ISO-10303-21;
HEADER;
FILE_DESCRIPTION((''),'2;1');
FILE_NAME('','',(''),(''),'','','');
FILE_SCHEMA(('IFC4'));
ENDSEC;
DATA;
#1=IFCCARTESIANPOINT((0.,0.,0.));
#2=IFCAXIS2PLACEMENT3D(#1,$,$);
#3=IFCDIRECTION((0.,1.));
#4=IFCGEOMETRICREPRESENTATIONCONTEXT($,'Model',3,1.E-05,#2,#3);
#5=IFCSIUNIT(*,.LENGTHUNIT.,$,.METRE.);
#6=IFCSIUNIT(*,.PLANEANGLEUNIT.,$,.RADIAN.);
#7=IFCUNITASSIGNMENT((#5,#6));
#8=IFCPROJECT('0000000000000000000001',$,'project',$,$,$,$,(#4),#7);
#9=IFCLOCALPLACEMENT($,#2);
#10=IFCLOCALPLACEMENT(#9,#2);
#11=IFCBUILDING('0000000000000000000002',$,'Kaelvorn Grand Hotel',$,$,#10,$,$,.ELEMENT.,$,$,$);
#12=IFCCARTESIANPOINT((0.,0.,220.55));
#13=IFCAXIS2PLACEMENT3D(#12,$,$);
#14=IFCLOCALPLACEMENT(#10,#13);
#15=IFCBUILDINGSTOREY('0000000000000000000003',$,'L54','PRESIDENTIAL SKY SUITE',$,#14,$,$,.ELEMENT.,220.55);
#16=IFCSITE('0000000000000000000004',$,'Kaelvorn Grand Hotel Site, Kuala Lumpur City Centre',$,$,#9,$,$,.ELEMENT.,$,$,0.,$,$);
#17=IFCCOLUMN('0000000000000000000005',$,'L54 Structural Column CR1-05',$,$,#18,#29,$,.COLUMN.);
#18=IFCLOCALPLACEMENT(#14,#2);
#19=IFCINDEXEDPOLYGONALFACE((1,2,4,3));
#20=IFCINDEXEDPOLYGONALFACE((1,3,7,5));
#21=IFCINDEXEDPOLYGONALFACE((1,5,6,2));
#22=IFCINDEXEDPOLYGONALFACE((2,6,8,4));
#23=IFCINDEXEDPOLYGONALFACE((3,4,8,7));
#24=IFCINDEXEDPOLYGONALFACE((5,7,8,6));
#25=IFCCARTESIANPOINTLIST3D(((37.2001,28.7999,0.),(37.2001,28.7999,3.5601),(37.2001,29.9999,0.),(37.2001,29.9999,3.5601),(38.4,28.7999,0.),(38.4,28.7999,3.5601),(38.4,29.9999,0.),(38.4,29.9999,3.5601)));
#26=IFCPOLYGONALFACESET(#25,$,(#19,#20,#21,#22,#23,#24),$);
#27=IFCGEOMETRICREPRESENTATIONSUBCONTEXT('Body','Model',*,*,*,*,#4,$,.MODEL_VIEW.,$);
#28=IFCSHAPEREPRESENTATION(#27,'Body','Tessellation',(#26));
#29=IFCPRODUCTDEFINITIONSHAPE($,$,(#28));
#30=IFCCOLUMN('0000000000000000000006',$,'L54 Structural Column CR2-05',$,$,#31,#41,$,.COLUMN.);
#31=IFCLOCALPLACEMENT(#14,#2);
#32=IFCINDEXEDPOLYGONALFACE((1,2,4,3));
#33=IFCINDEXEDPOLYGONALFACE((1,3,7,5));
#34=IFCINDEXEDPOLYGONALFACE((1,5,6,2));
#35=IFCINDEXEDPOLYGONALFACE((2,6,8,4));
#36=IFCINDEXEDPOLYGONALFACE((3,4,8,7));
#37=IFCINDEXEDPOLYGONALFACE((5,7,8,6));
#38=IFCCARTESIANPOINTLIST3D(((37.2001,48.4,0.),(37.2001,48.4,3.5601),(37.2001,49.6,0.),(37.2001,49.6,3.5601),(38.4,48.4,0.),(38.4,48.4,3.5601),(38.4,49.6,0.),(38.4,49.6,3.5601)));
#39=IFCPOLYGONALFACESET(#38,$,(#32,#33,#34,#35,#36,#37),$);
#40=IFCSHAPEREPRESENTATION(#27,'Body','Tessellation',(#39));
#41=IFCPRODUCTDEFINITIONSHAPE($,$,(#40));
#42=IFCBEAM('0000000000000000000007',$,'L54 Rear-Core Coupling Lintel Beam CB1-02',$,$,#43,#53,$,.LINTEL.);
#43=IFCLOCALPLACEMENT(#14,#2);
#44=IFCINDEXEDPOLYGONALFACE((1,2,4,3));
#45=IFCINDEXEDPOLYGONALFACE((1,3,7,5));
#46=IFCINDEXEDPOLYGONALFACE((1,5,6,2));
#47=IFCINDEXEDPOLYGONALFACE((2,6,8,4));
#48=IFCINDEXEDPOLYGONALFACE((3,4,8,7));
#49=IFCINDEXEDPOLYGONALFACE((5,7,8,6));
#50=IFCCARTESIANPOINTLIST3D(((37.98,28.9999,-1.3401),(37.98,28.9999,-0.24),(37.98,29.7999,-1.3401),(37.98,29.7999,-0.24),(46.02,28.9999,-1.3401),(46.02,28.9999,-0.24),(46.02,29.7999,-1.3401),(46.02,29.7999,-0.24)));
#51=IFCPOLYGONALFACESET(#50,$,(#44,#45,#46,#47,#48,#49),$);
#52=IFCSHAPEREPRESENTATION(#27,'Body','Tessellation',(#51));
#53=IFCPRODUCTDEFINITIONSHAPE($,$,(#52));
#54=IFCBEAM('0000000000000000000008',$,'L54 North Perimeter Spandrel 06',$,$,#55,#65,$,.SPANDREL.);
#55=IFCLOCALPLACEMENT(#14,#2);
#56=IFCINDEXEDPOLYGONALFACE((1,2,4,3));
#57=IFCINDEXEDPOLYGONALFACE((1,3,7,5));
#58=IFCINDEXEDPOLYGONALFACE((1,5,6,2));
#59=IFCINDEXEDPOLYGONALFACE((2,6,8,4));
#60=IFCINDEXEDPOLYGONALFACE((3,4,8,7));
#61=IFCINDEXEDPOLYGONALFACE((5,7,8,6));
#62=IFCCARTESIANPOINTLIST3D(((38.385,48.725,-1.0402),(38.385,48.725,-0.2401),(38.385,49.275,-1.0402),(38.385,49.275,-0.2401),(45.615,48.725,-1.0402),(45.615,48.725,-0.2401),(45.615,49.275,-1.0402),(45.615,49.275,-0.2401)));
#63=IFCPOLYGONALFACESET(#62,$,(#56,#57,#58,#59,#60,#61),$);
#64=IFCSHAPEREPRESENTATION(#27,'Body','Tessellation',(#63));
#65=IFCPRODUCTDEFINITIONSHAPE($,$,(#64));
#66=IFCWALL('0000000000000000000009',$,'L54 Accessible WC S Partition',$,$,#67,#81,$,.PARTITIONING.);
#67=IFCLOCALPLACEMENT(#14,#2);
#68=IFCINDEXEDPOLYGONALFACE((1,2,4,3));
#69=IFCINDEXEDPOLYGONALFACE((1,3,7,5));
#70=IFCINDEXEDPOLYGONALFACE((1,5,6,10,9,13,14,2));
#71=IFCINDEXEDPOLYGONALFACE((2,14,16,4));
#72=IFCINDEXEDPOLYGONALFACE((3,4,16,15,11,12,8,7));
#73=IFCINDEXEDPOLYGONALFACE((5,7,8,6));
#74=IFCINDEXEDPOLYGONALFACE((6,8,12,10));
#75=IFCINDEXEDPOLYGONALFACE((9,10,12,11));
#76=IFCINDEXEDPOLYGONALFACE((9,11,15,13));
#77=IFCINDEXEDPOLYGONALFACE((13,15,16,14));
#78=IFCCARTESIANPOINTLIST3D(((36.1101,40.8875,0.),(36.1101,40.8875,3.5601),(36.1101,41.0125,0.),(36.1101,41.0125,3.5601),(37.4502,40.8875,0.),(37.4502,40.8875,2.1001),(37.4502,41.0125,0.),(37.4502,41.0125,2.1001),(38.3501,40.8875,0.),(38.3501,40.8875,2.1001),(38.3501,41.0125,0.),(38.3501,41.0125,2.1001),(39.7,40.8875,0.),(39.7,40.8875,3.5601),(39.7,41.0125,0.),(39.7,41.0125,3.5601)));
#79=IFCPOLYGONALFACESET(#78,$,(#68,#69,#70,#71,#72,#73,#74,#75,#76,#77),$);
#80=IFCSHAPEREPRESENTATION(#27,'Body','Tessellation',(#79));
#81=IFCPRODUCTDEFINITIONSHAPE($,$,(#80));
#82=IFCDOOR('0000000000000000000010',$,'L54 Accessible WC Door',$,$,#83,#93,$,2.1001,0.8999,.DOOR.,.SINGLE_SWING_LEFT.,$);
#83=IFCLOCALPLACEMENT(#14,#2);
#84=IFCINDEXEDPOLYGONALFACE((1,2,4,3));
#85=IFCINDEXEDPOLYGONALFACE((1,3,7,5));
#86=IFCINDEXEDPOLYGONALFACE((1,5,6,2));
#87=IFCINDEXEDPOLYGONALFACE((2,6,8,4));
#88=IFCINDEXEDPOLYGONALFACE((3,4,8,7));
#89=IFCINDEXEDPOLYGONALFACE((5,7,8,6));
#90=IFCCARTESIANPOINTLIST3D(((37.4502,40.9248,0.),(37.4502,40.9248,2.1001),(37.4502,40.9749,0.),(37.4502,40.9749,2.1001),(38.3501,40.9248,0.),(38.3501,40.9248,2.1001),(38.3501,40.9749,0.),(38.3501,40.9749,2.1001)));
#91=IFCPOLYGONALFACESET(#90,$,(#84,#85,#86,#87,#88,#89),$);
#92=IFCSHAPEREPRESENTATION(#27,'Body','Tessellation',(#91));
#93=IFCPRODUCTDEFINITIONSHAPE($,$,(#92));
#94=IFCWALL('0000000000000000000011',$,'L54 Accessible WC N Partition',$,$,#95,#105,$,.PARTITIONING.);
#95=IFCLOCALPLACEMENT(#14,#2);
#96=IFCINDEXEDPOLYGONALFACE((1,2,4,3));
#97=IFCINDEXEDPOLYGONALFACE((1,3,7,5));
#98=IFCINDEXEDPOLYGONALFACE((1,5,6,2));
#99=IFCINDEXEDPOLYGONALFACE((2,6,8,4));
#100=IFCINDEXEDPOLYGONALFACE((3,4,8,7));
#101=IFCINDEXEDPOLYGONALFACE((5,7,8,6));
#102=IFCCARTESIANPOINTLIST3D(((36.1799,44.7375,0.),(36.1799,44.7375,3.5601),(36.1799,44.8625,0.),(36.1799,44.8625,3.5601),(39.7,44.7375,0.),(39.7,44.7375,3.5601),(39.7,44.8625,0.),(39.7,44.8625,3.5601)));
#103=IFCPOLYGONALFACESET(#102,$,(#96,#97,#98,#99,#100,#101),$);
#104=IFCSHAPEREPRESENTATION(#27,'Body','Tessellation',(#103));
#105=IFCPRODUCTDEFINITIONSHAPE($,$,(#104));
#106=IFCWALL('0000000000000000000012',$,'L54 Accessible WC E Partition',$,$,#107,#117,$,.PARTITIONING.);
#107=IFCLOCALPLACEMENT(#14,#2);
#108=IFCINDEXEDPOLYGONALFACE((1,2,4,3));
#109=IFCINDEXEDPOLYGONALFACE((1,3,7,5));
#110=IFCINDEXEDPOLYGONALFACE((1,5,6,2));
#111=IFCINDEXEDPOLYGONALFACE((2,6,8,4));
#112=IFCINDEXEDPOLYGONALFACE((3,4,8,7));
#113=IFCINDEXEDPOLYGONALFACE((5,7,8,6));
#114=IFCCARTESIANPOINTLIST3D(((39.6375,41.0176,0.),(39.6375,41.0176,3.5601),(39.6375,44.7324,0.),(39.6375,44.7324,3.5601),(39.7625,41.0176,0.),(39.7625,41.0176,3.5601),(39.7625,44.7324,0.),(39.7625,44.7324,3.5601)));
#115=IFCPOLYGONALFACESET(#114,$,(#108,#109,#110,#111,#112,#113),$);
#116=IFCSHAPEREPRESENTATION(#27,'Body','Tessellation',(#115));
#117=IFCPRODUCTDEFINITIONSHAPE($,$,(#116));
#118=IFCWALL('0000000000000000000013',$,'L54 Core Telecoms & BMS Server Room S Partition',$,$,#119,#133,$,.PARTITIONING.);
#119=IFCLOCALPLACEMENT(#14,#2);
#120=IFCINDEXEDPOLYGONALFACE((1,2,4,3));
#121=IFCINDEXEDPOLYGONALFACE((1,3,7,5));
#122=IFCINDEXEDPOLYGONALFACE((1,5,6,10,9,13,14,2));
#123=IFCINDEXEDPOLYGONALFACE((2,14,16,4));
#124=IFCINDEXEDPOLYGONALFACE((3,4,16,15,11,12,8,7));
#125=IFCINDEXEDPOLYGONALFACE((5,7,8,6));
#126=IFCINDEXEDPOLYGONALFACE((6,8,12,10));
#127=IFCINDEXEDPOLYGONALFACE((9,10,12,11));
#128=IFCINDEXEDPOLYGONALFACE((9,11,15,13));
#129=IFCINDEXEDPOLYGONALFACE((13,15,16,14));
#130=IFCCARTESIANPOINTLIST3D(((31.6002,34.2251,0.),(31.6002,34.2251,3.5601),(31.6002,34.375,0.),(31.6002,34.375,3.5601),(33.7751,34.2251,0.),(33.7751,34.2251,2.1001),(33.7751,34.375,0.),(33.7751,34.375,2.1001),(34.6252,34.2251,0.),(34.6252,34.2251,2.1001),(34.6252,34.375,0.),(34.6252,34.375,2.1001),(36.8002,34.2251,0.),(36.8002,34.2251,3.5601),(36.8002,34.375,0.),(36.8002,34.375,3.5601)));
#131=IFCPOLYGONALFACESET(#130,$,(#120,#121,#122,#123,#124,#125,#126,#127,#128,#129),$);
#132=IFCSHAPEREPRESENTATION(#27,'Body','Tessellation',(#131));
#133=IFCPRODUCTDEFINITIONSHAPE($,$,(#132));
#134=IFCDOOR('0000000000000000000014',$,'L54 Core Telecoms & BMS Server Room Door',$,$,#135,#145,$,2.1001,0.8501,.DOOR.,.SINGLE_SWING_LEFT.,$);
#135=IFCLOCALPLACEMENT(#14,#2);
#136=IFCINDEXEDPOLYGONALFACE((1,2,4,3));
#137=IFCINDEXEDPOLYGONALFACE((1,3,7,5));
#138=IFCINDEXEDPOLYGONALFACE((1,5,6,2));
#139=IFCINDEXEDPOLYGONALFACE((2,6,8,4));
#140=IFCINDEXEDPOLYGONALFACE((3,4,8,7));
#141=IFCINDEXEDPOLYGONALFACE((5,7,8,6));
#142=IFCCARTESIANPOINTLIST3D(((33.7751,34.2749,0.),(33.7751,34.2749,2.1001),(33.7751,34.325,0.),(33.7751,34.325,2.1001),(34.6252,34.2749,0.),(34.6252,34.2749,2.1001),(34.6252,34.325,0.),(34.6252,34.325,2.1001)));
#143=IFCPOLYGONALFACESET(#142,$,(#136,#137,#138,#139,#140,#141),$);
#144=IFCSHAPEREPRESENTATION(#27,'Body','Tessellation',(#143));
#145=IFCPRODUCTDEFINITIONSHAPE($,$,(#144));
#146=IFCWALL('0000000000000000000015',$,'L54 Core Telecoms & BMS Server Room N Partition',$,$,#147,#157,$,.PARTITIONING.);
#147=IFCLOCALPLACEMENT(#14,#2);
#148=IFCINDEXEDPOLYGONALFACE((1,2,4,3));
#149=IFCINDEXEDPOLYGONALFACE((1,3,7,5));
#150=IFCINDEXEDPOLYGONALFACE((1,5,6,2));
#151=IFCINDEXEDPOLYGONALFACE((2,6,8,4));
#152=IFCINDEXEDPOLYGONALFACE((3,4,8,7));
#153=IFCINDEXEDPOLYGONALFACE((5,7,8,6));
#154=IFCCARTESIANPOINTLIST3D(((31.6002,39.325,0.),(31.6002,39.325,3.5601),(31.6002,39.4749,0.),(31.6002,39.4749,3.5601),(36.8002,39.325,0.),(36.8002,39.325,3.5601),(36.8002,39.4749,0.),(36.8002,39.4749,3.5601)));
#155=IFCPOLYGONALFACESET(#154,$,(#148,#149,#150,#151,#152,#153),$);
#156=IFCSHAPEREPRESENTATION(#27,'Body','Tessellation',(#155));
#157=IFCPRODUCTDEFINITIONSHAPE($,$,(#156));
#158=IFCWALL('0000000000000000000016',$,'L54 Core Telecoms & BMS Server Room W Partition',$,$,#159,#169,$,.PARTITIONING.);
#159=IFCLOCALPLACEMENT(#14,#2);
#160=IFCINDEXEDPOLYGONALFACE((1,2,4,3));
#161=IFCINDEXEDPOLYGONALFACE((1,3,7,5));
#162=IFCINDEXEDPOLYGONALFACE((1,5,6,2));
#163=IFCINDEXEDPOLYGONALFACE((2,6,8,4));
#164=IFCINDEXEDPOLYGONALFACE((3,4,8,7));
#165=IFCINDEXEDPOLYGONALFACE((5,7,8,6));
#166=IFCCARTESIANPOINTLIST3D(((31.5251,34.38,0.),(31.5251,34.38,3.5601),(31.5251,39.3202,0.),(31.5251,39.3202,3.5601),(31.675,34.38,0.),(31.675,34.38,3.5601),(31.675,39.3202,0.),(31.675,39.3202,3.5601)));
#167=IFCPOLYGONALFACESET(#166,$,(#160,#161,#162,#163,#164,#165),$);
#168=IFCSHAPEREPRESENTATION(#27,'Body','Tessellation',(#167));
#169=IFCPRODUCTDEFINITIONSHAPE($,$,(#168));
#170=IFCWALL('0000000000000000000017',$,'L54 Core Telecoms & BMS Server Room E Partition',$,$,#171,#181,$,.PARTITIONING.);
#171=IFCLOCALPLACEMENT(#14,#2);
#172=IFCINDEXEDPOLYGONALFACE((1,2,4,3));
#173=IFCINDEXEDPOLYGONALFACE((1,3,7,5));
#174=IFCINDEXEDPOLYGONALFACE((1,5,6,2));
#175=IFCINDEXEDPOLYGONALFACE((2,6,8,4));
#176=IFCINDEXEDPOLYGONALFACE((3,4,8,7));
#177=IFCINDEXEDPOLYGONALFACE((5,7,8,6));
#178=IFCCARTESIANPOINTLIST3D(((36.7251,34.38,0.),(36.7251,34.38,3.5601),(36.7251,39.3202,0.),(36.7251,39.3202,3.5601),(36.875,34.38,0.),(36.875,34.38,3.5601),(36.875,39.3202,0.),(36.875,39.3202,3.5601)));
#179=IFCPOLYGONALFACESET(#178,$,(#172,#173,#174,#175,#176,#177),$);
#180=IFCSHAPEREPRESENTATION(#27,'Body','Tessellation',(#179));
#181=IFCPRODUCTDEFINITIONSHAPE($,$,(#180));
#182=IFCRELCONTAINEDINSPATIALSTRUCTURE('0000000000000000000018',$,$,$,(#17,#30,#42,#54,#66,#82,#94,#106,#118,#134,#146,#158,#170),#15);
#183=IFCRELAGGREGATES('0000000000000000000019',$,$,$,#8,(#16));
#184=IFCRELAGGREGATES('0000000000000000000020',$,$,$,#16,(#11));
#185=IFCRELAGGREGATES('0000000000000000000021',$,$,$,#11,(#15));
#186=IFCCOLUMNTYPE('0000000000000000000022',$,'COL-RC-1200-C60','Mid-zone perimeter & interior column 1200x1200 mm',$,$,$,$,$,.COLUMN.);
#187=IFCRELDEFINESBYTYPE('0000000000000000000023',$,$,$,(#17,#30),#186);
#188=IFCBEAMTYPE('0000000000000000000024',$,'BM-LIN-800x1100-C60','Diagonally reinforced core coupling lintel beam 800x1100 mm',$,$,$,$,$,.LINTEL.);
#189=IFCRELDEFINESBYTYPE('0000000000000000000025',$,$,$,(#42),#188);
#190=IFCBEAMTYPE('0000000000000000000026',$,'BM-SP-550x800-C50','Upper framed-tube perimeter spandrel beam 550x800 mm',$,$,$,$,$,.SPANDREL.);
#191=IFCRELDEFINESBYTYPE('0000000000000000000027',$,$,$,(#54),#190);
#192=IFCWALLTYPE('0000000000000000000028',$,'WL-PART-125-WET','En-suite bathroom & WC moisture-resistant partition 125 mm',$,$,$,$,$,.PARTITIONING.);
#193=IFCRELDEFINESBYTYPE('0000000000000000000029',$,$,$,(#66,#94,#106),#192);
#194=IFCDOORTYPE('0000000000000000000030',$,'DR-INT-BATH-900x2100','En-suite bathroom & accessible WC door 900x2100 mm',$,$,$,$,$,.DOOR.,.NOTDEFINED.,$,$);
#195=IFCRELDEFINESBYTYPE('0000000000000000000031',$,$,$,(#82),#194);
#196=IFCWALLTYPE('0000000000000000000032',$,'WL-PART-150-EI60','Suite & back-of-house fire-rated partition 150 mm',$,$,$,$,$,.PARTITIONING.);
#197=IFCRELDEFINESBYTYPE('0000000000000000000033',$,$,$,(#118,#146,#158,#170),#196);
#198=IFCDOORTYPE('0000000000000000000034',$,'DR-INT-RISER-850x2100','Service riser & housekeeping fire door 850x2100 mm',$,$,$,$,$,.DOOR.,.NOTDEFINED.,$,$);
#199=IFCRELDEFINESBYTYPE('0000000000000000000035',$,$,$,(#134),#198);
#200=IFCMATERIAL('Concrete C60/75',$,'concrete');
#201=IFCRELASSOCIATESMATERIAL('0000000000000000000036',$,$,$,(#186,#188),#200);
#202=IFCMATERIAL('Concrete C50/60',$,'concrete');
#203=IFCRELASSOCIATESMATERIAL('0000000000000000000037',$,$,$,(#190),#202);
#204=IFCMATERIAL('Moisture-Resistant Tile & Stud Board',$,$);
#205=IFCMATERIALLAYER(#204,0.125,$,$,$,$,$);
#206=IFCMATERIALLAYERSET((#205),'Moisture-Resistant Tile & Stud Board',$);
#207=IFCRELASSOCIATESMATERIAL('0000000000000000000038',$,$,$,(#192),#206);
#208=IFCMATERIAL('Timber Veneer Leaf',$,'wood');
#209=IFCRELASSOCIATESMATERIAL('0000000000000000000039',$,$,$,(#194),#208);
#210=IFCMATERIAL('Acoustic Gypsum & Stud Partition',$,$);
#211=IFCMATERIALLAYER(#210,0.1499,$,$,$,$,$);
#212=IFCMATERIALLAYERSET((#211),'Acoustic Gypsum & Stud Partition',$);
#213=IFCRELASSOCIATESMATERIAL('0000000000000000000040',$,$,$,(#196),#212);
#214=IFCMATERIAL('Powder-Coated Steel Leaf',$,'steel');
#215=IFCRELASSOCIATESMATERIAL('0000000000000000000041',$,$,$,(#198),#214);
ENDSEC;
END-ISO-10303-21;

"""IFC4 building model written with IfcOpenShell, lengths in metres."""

from ifc_helpers import new_model, si_unit, direction, frame, frame_2d, origin, origin_2d, place, context, subcontext, project, spatial, rectangle, extrude, material, layer, layer_set, material_profile, profile_set, type_object, element, fill, save


model = new_model("IFC4")

# Units and contexts
model_context = context("Model", 3, precision=1e-05, world=origin(), true_north=direction((0.0, 1.0)))
body_context = subcontext(model_context, "Body", "Model", "MODEL_VIEW")
ifc_project = project(units=[si_unit("LENGTHUNIT", "METRE"), si_unit("PLANEANGLEUNIT", "RADIAN")], contexts=[model_context])

# Site, building, storey
site_placement = place(None, origin())
site = spatial("IfcSite", under=ifc_project, at=site_placement, Name="Kaelvorn Grand Hotel Site, Kuala Lumpur City Centre", CompositionType="ELEMENT", RefElevation=0.0)
building_placement = place(site_placement, origin())
building = spatial("IfcBuilding", under=site, at=building_placement, Name="Kaelvorn Grand Hotel", CompositionType="ELEMENT")
storey_placement = place(building_placement, frame((0.0, 0.0, 220.55)))
storey = spatial("IfcBuildingStorey", under=building, at=storey_placement, Name="L54", Description="PRESIDENTIAL SKY SUITE", CompositionType="ELEMENT", Elevation=220.55)

# Columns
ifc_material_1 = material(Name="Concrete C60/75", Category="concrete")
ifc_material_profile_1 = material_profile(ifc_material_1, rectangle(XDim=1.2, YDim=1.2, at=origin_2d()), Name="RC COL 1200x1200")
ifc_profile_set_1 = profile_set([ifc_material_profile_1], Name="Concrete C60/75")
column_type = type_object("IfcColumnType", Name="COL-RC-1200-C60", Description="Mid-zone perimeter & interior column 1200x1200 mm", PredefinedType="COLUMN", material=ifc_profile_set_1)
for number, where, z_axis, x_axis, name in (
    (1, (37.8, 29.3999, 0.0), (0.0, 0.0, 1.0), (1.0, 0.0, 0.0), "L54 Structural Column CR1-05"),
    (2, (37.8, 49.0, 0.0), (0.0, 0.0, 1.0), (1.0, 0.0, 0.0), "L54 Structural Column CR2-05"),
):
    element("IfcColumn", number, at=place(storey_placement, frame(where, z_axis=z_axis, x_axis=x_axis)), inside=storey, type_object=column_type, Name=name, PredefinedType="COLUMN", context=body_context, shape_type="SweptSolid", body=[
        extrude(rectangle(XDim=1.2, YDim=1.2, at=origin_2d()), origin(), (0.0, 0.0, 1.0), 3.5601),
    ])

# Beams
ifc_material_profile_2 = material_profile(ifc_material_1, rectangle(XDim=0.8, YDim=1.1001, at=origin_2d()), Name="RC LINTEL 800x1100")
ifc_profile_set_2 = profile_set([ifc_material_profile_2], Name="Concrete C60/75")
beam_type_1 = type_object("IfcBeamType", Name="BM-LIN-800x1100-C60", Description="Diagonally reinforced core coupling lintel beam 800x1100 mm", PredefinedType="LINTEL", material=ifc_profile_set_2)
beam_1_placement = place(storey_placement, frame((37.98, 29.3999, -0.79), z_axis=(1.0, 0.0, 0.0), x_axis=(0.0, 1.0, 0.0)))
element("IfcBeam", 3, at=beam_1_placement, inside=storey, type_object=beam_type_1, Name="L54 Rear-Core Coupling Lintel Beam CB1-02", PredefinedType="LINTEL", context=body_context, shape_type="SweptSolid", body=[
    extrude(rectangle(XDim=0.8, YDim=1.1001, at=origin_2d()), origin(), (0.0, 0.0, 1.0), 8.04),
])
ifc_material_2 = material(Name="Concrete C50/60", Category="concrete")
ifc_material_profile_3 = material_profile(ifc_material_2, rectangle(XDim=0.55, YDim=0.8, at=origin_2d()), Name="RC SPANDREL 550x800")
ifc_profile_set_3 = profile_set([ifc_material_profile_3], Name="Concrete C50/60")
beam_type_2 = type_object("IfcBeamType", Name="BM-SP-550x800-C50", Description="Upper framed-tube perimeter spandrel beam 550x800 mm", PredefinedType="SPANDREL", material=ifc_profile_set_3)
beam_2_placement = place(storey_placement, frame((38.385, 49.0, -0.6401), z_axis=(1.0, 0.0, 0.0), x_axis=(0.0, 1.0, 0.0)))
element("IfcBeam", 4, at=beam_2_placement, inside=storey, type_object=beam_type_2, Name="L54 North Perimeter Spandrel 06", PredefinedType="SPANDREL", context=body_context, shape_type="SweptSolid", body=[
    extrude(rectangle(XDim=0.55, YDim=0.8, at=origin_2d()), origin(), (0.0, 0.0, 1.0), 7.23),
])

# Wall, opening, door
ifc_material_3 = material(Name="Moisture-Resistant Tile & Stud Board")
ifc_layer_1 = layer(ifc_material_3, 0.125)
ifc_layer_set_1 = layer_set([ifc_layer_1], Name="Moisture-Resistant Tile & Stud Board")
wall_type_1 = type_object("IfcWallType", Name="WL-PART-125-WET", Description="En-suite bathroom & WC moisture-resistant partition 125 mm", PredefinedType="PARTITIONING", material=ifc_layer_set_1)
wall_1_placement = place(storey_placement, frame((36.1101, 40.95, 0.0), z_axis=(0.0, 0.0, 1.0), x_axis=(1.0, 0.0, 0.0)))
wall_1 = element("IfcWall", 5, at=wall_1_placement, inside=storey, type_object=wall_type_1, Name="L54 Accessible WC S Partition", PredefinedType="PARTITIONING", context=body_context, shape_type="SweptSolid", body=[
    extrude(rectangle(XDim=3.5898, YDim=0.125, at=frame_2d((1.7949, 0.0))), origin(), (0.0, 0.0, 1.0), 3.5601),
])
opening_1_placement = place(wall_1_placement, frame((1.3401, 0.0, 0.0)))
opening_1 = element("IfcOpeningElement", 6, at=opening_1_placement, cuts=wall_1, PredefinedType="OPENING", context=body_context, shape_type="SweptSolid", body=[
    extrude(rectangle(XDim=0.8999, YDim=2.1001, at=frame_2d((0.45, 1.05))), frame((0.0, 0.0725, 0.0), z_axis=(0.0, -1.0, 0.0), x_axis=(1.0, 0.0, 0.0)), (0.0, 0.0, 1.0), 0.145),
])
ifc_material_4 = material(Name="Timber Veneer Leaf", Category="wood")
door_type_1 = type_object("IfcDoorType", Name="DR-INT-BATH-900x2100", Description="En-suite bathroom & accessible WC door 900x2100 mm", OperationType="NOTDEFINED", PredefinedType="DOOR", material=ifc_material_4)
door_1_placement = place(opening_1_placement, origin())
door_1 = element("IfcDoor", 7, at=door_1_placement, inside=storey, type_object=door_type_1, Name="L54 Accessible WC Door", OperationType="SINGLE_SWING_LEFT", OverallHeight=2.1001, OverallWidth=0.8999, PredefinedType="DOOR", context=body_context, shape_type="SweptSolid", body=[
    extrude(rectangle(XDim=0.8999, YDim=2.1001, at=frame_2d((0.45, 1.05))), frame((0.0, 0.0249, 0.0), z_axis=(0.0, -1.0, 0.0), x_axis=(1.0, 0.0, 0.0)), (0.0, 0.0, 1.0), 0.05),
])
fill(opening_1, door_1)

# Walls
wall_2_placement = place(storey_placement, frame((36.1799, 44.8, 0.0), z_axis=(0.0, 0.0, 1.0), x_axis=(1.0, 0.0, 0.0)))
element("IfcWall", 8, at=wall_2_placement, inside=storey, type_object=wall_type_1, Name="L54 Accessible WC N Partition", PredefinedType="PARTITIONING", context=body_context, shape_type="SweptSolid", body=[
    extrude(rectangle(XDim=3.52, YDim=0.125, at=frame_2d((1.76, 0.0))), origin(), (0.0, 0.0, 1.0), 3.5601),
])
wall_3_placement = place(storey_placement, frame((39.7, 41.0176, 0.0), z_axis=(0.0, 0.0, 1.0), x_axis=(0.0, 1.0, 0.0)))
element("IfcWall", 9, at=wall_3_placement, inside=storey, type_object=wall_type_1, Name="L54 Accessible WC E Partition", PredefinedType="PARTITIONING", context=body_context, shape_type="SweptSolid", body=[
    extrude(rectangle(XDim=3.7148, YDim=0.125, at=frame_2d((1.8574, 0.0))), origin(), (0.0, 0.0, 1.0), 3.5601),
])

# Wall, opening, door
ifc_material_5 = material(Name="Acoustic Gypsum & Stud Partition")
ifc_layer_2 = layer(ifc_material_5, 0.1499)
ifc_layer_set_2 = layer_set([ifc_layer_2], Name="Acoustic Gypsum & Stud Partition")
wall_type_2 = type_object("IfcWallType", Name="WL-PART-150-EI60", Description="Suite & back-of-house fire-rated partition 150 mm", PredefinedType="PARTITIONING", material=ifc_layer_set_2)
wall_4_placement = place(storey_placement, frame((31.6001, 34.3, 0.0), z_axis=(0.0, 0.0, 1.0), x_axis=(1.0, 0.0, 0.0)))
wall_4 = element("IfcWall", 10, at=wall_4_placement, inside=storey, type_object=wall_type_2, Name="L54 Core Telecoms & BMS Server Room S Partition", PredefinedType="PARTITIONING", context=body_context, shape_type="SweptSolid", body=[
    extrude(rectangle(XDim=5.2, YDim=0.1499, at=frame_2d((2.6001, 0.0))), origin(), (0.0, 0.0, 1.0), 3.5601),
])
opening_2_placement = place(wall_4_placement, frame((2.175, 0.0, 0.0)))
opening_2 = element("IfcOpeningElement", 11, at=opening_2_placement, cuts=wall_4, PredefinedType="OPENING", context=body_context, shape_type="SweptSolid", body=[
    extrude(rectangle(XDim=0.8501, YDim=2.1001, at=frame_2d((0.425, 1.05))), frame((0.0, 0.085, 0.0), z_axis=(0.0, -1.0, 0.0), x_axis=(1.0, 0.0, 0.0)), (0.0, 0.0, 1.0), 0.1699),
])
ifc_material_6 = material(Name="Powder-Coated Steel Leaf", Category="steel")
door_type_2 = type_object("IfcDoorType", Name="DR-INT-RISER-850x2100", Description="Service riser & housekeeping fire door 850x2100 mm", OperationType="NOTDEFINED", PredefinedType="DOOR", material=ifc_material_6)
door_2_placement = place(opening_2_placement, origin())
door_2 = element("IfcDoor", 12, at=door_2_placement, inside=storey, type_object=door_type_2, Name="L54 Core Telecoms & BMS Server Room Door", OperationType="SINGLE_SWING_LEFT", OverallHeight=2.1001, OverallWidth=0.8501, PredefinedType="DOOR", context=body_context, shape_type="SweptSolid", body=[
    extrude(rectangle(XDim=0.8501, YDim=2.1001, at=frame_2d((0.425, 1.05))), frame((0.0, 0.0249, 0.0), z_axis=(0.0, -1.0, 0.0), x_axis=(1.0, 0.0, 0.0)), (0.0, 0.0, 1.0), 0.05),
])
fill(opening_2, door_2)

# Walls
wall_5_placement = place(storey_placement, frame((31.6001, 39.3999, 0.0), z_axis=(0.0, 0.0, 1.0), x_axis=(1.0, 0.0, 0.0)))
element("IfcWall", 13, at=wall_5_placement, inside=storey, type_object=wall_type_2, Name="L54 Core Telecoms & BMS Server Room N Partition", PredefinedType="PARTITIONING", context=body_context, shape_type="SweptSolid", body=[
    extrude(rectangle(XDim=5.2, YDim=0.1499, at=frame_2d((2.6001, 0.0))), origin(), (0.0, 0.0, 1.0), 3.5601),
])
for number, where, z_axis, x_axis, name in (
    (14, (31.6001, 34.3799, 0.0), (0.0, 0.0, 1.0), (0.0, 1.0, 0.0), "L54 Core Telecoms & BMS Server Room W Partition"),
    (15, (36.8, 34.3799, 0.0), (0.0, 0.0, 1.0), (0.0, 1.0, 0.0), "L54 Core Telecoms & BMS Server Room E Partition"),
):
    element("IfcWall", number, at=place(storey_placement, frame(where, z_axis=z_axis, x_axis=x_axis)), inside=storey, type_object=wall_type_2, Name=name, PredefinedType="PARTITIONING", context=body_context, shape_type="SweptSolid", body=[
        extrude(rectangle(XDim=4.9402, YDim=0.1499, at=frame_2d((2.4702, 0.0))), origin(), (0.0, 0.0, 1.0), 3.5601),
    ])

save(model, "model.ifc")
